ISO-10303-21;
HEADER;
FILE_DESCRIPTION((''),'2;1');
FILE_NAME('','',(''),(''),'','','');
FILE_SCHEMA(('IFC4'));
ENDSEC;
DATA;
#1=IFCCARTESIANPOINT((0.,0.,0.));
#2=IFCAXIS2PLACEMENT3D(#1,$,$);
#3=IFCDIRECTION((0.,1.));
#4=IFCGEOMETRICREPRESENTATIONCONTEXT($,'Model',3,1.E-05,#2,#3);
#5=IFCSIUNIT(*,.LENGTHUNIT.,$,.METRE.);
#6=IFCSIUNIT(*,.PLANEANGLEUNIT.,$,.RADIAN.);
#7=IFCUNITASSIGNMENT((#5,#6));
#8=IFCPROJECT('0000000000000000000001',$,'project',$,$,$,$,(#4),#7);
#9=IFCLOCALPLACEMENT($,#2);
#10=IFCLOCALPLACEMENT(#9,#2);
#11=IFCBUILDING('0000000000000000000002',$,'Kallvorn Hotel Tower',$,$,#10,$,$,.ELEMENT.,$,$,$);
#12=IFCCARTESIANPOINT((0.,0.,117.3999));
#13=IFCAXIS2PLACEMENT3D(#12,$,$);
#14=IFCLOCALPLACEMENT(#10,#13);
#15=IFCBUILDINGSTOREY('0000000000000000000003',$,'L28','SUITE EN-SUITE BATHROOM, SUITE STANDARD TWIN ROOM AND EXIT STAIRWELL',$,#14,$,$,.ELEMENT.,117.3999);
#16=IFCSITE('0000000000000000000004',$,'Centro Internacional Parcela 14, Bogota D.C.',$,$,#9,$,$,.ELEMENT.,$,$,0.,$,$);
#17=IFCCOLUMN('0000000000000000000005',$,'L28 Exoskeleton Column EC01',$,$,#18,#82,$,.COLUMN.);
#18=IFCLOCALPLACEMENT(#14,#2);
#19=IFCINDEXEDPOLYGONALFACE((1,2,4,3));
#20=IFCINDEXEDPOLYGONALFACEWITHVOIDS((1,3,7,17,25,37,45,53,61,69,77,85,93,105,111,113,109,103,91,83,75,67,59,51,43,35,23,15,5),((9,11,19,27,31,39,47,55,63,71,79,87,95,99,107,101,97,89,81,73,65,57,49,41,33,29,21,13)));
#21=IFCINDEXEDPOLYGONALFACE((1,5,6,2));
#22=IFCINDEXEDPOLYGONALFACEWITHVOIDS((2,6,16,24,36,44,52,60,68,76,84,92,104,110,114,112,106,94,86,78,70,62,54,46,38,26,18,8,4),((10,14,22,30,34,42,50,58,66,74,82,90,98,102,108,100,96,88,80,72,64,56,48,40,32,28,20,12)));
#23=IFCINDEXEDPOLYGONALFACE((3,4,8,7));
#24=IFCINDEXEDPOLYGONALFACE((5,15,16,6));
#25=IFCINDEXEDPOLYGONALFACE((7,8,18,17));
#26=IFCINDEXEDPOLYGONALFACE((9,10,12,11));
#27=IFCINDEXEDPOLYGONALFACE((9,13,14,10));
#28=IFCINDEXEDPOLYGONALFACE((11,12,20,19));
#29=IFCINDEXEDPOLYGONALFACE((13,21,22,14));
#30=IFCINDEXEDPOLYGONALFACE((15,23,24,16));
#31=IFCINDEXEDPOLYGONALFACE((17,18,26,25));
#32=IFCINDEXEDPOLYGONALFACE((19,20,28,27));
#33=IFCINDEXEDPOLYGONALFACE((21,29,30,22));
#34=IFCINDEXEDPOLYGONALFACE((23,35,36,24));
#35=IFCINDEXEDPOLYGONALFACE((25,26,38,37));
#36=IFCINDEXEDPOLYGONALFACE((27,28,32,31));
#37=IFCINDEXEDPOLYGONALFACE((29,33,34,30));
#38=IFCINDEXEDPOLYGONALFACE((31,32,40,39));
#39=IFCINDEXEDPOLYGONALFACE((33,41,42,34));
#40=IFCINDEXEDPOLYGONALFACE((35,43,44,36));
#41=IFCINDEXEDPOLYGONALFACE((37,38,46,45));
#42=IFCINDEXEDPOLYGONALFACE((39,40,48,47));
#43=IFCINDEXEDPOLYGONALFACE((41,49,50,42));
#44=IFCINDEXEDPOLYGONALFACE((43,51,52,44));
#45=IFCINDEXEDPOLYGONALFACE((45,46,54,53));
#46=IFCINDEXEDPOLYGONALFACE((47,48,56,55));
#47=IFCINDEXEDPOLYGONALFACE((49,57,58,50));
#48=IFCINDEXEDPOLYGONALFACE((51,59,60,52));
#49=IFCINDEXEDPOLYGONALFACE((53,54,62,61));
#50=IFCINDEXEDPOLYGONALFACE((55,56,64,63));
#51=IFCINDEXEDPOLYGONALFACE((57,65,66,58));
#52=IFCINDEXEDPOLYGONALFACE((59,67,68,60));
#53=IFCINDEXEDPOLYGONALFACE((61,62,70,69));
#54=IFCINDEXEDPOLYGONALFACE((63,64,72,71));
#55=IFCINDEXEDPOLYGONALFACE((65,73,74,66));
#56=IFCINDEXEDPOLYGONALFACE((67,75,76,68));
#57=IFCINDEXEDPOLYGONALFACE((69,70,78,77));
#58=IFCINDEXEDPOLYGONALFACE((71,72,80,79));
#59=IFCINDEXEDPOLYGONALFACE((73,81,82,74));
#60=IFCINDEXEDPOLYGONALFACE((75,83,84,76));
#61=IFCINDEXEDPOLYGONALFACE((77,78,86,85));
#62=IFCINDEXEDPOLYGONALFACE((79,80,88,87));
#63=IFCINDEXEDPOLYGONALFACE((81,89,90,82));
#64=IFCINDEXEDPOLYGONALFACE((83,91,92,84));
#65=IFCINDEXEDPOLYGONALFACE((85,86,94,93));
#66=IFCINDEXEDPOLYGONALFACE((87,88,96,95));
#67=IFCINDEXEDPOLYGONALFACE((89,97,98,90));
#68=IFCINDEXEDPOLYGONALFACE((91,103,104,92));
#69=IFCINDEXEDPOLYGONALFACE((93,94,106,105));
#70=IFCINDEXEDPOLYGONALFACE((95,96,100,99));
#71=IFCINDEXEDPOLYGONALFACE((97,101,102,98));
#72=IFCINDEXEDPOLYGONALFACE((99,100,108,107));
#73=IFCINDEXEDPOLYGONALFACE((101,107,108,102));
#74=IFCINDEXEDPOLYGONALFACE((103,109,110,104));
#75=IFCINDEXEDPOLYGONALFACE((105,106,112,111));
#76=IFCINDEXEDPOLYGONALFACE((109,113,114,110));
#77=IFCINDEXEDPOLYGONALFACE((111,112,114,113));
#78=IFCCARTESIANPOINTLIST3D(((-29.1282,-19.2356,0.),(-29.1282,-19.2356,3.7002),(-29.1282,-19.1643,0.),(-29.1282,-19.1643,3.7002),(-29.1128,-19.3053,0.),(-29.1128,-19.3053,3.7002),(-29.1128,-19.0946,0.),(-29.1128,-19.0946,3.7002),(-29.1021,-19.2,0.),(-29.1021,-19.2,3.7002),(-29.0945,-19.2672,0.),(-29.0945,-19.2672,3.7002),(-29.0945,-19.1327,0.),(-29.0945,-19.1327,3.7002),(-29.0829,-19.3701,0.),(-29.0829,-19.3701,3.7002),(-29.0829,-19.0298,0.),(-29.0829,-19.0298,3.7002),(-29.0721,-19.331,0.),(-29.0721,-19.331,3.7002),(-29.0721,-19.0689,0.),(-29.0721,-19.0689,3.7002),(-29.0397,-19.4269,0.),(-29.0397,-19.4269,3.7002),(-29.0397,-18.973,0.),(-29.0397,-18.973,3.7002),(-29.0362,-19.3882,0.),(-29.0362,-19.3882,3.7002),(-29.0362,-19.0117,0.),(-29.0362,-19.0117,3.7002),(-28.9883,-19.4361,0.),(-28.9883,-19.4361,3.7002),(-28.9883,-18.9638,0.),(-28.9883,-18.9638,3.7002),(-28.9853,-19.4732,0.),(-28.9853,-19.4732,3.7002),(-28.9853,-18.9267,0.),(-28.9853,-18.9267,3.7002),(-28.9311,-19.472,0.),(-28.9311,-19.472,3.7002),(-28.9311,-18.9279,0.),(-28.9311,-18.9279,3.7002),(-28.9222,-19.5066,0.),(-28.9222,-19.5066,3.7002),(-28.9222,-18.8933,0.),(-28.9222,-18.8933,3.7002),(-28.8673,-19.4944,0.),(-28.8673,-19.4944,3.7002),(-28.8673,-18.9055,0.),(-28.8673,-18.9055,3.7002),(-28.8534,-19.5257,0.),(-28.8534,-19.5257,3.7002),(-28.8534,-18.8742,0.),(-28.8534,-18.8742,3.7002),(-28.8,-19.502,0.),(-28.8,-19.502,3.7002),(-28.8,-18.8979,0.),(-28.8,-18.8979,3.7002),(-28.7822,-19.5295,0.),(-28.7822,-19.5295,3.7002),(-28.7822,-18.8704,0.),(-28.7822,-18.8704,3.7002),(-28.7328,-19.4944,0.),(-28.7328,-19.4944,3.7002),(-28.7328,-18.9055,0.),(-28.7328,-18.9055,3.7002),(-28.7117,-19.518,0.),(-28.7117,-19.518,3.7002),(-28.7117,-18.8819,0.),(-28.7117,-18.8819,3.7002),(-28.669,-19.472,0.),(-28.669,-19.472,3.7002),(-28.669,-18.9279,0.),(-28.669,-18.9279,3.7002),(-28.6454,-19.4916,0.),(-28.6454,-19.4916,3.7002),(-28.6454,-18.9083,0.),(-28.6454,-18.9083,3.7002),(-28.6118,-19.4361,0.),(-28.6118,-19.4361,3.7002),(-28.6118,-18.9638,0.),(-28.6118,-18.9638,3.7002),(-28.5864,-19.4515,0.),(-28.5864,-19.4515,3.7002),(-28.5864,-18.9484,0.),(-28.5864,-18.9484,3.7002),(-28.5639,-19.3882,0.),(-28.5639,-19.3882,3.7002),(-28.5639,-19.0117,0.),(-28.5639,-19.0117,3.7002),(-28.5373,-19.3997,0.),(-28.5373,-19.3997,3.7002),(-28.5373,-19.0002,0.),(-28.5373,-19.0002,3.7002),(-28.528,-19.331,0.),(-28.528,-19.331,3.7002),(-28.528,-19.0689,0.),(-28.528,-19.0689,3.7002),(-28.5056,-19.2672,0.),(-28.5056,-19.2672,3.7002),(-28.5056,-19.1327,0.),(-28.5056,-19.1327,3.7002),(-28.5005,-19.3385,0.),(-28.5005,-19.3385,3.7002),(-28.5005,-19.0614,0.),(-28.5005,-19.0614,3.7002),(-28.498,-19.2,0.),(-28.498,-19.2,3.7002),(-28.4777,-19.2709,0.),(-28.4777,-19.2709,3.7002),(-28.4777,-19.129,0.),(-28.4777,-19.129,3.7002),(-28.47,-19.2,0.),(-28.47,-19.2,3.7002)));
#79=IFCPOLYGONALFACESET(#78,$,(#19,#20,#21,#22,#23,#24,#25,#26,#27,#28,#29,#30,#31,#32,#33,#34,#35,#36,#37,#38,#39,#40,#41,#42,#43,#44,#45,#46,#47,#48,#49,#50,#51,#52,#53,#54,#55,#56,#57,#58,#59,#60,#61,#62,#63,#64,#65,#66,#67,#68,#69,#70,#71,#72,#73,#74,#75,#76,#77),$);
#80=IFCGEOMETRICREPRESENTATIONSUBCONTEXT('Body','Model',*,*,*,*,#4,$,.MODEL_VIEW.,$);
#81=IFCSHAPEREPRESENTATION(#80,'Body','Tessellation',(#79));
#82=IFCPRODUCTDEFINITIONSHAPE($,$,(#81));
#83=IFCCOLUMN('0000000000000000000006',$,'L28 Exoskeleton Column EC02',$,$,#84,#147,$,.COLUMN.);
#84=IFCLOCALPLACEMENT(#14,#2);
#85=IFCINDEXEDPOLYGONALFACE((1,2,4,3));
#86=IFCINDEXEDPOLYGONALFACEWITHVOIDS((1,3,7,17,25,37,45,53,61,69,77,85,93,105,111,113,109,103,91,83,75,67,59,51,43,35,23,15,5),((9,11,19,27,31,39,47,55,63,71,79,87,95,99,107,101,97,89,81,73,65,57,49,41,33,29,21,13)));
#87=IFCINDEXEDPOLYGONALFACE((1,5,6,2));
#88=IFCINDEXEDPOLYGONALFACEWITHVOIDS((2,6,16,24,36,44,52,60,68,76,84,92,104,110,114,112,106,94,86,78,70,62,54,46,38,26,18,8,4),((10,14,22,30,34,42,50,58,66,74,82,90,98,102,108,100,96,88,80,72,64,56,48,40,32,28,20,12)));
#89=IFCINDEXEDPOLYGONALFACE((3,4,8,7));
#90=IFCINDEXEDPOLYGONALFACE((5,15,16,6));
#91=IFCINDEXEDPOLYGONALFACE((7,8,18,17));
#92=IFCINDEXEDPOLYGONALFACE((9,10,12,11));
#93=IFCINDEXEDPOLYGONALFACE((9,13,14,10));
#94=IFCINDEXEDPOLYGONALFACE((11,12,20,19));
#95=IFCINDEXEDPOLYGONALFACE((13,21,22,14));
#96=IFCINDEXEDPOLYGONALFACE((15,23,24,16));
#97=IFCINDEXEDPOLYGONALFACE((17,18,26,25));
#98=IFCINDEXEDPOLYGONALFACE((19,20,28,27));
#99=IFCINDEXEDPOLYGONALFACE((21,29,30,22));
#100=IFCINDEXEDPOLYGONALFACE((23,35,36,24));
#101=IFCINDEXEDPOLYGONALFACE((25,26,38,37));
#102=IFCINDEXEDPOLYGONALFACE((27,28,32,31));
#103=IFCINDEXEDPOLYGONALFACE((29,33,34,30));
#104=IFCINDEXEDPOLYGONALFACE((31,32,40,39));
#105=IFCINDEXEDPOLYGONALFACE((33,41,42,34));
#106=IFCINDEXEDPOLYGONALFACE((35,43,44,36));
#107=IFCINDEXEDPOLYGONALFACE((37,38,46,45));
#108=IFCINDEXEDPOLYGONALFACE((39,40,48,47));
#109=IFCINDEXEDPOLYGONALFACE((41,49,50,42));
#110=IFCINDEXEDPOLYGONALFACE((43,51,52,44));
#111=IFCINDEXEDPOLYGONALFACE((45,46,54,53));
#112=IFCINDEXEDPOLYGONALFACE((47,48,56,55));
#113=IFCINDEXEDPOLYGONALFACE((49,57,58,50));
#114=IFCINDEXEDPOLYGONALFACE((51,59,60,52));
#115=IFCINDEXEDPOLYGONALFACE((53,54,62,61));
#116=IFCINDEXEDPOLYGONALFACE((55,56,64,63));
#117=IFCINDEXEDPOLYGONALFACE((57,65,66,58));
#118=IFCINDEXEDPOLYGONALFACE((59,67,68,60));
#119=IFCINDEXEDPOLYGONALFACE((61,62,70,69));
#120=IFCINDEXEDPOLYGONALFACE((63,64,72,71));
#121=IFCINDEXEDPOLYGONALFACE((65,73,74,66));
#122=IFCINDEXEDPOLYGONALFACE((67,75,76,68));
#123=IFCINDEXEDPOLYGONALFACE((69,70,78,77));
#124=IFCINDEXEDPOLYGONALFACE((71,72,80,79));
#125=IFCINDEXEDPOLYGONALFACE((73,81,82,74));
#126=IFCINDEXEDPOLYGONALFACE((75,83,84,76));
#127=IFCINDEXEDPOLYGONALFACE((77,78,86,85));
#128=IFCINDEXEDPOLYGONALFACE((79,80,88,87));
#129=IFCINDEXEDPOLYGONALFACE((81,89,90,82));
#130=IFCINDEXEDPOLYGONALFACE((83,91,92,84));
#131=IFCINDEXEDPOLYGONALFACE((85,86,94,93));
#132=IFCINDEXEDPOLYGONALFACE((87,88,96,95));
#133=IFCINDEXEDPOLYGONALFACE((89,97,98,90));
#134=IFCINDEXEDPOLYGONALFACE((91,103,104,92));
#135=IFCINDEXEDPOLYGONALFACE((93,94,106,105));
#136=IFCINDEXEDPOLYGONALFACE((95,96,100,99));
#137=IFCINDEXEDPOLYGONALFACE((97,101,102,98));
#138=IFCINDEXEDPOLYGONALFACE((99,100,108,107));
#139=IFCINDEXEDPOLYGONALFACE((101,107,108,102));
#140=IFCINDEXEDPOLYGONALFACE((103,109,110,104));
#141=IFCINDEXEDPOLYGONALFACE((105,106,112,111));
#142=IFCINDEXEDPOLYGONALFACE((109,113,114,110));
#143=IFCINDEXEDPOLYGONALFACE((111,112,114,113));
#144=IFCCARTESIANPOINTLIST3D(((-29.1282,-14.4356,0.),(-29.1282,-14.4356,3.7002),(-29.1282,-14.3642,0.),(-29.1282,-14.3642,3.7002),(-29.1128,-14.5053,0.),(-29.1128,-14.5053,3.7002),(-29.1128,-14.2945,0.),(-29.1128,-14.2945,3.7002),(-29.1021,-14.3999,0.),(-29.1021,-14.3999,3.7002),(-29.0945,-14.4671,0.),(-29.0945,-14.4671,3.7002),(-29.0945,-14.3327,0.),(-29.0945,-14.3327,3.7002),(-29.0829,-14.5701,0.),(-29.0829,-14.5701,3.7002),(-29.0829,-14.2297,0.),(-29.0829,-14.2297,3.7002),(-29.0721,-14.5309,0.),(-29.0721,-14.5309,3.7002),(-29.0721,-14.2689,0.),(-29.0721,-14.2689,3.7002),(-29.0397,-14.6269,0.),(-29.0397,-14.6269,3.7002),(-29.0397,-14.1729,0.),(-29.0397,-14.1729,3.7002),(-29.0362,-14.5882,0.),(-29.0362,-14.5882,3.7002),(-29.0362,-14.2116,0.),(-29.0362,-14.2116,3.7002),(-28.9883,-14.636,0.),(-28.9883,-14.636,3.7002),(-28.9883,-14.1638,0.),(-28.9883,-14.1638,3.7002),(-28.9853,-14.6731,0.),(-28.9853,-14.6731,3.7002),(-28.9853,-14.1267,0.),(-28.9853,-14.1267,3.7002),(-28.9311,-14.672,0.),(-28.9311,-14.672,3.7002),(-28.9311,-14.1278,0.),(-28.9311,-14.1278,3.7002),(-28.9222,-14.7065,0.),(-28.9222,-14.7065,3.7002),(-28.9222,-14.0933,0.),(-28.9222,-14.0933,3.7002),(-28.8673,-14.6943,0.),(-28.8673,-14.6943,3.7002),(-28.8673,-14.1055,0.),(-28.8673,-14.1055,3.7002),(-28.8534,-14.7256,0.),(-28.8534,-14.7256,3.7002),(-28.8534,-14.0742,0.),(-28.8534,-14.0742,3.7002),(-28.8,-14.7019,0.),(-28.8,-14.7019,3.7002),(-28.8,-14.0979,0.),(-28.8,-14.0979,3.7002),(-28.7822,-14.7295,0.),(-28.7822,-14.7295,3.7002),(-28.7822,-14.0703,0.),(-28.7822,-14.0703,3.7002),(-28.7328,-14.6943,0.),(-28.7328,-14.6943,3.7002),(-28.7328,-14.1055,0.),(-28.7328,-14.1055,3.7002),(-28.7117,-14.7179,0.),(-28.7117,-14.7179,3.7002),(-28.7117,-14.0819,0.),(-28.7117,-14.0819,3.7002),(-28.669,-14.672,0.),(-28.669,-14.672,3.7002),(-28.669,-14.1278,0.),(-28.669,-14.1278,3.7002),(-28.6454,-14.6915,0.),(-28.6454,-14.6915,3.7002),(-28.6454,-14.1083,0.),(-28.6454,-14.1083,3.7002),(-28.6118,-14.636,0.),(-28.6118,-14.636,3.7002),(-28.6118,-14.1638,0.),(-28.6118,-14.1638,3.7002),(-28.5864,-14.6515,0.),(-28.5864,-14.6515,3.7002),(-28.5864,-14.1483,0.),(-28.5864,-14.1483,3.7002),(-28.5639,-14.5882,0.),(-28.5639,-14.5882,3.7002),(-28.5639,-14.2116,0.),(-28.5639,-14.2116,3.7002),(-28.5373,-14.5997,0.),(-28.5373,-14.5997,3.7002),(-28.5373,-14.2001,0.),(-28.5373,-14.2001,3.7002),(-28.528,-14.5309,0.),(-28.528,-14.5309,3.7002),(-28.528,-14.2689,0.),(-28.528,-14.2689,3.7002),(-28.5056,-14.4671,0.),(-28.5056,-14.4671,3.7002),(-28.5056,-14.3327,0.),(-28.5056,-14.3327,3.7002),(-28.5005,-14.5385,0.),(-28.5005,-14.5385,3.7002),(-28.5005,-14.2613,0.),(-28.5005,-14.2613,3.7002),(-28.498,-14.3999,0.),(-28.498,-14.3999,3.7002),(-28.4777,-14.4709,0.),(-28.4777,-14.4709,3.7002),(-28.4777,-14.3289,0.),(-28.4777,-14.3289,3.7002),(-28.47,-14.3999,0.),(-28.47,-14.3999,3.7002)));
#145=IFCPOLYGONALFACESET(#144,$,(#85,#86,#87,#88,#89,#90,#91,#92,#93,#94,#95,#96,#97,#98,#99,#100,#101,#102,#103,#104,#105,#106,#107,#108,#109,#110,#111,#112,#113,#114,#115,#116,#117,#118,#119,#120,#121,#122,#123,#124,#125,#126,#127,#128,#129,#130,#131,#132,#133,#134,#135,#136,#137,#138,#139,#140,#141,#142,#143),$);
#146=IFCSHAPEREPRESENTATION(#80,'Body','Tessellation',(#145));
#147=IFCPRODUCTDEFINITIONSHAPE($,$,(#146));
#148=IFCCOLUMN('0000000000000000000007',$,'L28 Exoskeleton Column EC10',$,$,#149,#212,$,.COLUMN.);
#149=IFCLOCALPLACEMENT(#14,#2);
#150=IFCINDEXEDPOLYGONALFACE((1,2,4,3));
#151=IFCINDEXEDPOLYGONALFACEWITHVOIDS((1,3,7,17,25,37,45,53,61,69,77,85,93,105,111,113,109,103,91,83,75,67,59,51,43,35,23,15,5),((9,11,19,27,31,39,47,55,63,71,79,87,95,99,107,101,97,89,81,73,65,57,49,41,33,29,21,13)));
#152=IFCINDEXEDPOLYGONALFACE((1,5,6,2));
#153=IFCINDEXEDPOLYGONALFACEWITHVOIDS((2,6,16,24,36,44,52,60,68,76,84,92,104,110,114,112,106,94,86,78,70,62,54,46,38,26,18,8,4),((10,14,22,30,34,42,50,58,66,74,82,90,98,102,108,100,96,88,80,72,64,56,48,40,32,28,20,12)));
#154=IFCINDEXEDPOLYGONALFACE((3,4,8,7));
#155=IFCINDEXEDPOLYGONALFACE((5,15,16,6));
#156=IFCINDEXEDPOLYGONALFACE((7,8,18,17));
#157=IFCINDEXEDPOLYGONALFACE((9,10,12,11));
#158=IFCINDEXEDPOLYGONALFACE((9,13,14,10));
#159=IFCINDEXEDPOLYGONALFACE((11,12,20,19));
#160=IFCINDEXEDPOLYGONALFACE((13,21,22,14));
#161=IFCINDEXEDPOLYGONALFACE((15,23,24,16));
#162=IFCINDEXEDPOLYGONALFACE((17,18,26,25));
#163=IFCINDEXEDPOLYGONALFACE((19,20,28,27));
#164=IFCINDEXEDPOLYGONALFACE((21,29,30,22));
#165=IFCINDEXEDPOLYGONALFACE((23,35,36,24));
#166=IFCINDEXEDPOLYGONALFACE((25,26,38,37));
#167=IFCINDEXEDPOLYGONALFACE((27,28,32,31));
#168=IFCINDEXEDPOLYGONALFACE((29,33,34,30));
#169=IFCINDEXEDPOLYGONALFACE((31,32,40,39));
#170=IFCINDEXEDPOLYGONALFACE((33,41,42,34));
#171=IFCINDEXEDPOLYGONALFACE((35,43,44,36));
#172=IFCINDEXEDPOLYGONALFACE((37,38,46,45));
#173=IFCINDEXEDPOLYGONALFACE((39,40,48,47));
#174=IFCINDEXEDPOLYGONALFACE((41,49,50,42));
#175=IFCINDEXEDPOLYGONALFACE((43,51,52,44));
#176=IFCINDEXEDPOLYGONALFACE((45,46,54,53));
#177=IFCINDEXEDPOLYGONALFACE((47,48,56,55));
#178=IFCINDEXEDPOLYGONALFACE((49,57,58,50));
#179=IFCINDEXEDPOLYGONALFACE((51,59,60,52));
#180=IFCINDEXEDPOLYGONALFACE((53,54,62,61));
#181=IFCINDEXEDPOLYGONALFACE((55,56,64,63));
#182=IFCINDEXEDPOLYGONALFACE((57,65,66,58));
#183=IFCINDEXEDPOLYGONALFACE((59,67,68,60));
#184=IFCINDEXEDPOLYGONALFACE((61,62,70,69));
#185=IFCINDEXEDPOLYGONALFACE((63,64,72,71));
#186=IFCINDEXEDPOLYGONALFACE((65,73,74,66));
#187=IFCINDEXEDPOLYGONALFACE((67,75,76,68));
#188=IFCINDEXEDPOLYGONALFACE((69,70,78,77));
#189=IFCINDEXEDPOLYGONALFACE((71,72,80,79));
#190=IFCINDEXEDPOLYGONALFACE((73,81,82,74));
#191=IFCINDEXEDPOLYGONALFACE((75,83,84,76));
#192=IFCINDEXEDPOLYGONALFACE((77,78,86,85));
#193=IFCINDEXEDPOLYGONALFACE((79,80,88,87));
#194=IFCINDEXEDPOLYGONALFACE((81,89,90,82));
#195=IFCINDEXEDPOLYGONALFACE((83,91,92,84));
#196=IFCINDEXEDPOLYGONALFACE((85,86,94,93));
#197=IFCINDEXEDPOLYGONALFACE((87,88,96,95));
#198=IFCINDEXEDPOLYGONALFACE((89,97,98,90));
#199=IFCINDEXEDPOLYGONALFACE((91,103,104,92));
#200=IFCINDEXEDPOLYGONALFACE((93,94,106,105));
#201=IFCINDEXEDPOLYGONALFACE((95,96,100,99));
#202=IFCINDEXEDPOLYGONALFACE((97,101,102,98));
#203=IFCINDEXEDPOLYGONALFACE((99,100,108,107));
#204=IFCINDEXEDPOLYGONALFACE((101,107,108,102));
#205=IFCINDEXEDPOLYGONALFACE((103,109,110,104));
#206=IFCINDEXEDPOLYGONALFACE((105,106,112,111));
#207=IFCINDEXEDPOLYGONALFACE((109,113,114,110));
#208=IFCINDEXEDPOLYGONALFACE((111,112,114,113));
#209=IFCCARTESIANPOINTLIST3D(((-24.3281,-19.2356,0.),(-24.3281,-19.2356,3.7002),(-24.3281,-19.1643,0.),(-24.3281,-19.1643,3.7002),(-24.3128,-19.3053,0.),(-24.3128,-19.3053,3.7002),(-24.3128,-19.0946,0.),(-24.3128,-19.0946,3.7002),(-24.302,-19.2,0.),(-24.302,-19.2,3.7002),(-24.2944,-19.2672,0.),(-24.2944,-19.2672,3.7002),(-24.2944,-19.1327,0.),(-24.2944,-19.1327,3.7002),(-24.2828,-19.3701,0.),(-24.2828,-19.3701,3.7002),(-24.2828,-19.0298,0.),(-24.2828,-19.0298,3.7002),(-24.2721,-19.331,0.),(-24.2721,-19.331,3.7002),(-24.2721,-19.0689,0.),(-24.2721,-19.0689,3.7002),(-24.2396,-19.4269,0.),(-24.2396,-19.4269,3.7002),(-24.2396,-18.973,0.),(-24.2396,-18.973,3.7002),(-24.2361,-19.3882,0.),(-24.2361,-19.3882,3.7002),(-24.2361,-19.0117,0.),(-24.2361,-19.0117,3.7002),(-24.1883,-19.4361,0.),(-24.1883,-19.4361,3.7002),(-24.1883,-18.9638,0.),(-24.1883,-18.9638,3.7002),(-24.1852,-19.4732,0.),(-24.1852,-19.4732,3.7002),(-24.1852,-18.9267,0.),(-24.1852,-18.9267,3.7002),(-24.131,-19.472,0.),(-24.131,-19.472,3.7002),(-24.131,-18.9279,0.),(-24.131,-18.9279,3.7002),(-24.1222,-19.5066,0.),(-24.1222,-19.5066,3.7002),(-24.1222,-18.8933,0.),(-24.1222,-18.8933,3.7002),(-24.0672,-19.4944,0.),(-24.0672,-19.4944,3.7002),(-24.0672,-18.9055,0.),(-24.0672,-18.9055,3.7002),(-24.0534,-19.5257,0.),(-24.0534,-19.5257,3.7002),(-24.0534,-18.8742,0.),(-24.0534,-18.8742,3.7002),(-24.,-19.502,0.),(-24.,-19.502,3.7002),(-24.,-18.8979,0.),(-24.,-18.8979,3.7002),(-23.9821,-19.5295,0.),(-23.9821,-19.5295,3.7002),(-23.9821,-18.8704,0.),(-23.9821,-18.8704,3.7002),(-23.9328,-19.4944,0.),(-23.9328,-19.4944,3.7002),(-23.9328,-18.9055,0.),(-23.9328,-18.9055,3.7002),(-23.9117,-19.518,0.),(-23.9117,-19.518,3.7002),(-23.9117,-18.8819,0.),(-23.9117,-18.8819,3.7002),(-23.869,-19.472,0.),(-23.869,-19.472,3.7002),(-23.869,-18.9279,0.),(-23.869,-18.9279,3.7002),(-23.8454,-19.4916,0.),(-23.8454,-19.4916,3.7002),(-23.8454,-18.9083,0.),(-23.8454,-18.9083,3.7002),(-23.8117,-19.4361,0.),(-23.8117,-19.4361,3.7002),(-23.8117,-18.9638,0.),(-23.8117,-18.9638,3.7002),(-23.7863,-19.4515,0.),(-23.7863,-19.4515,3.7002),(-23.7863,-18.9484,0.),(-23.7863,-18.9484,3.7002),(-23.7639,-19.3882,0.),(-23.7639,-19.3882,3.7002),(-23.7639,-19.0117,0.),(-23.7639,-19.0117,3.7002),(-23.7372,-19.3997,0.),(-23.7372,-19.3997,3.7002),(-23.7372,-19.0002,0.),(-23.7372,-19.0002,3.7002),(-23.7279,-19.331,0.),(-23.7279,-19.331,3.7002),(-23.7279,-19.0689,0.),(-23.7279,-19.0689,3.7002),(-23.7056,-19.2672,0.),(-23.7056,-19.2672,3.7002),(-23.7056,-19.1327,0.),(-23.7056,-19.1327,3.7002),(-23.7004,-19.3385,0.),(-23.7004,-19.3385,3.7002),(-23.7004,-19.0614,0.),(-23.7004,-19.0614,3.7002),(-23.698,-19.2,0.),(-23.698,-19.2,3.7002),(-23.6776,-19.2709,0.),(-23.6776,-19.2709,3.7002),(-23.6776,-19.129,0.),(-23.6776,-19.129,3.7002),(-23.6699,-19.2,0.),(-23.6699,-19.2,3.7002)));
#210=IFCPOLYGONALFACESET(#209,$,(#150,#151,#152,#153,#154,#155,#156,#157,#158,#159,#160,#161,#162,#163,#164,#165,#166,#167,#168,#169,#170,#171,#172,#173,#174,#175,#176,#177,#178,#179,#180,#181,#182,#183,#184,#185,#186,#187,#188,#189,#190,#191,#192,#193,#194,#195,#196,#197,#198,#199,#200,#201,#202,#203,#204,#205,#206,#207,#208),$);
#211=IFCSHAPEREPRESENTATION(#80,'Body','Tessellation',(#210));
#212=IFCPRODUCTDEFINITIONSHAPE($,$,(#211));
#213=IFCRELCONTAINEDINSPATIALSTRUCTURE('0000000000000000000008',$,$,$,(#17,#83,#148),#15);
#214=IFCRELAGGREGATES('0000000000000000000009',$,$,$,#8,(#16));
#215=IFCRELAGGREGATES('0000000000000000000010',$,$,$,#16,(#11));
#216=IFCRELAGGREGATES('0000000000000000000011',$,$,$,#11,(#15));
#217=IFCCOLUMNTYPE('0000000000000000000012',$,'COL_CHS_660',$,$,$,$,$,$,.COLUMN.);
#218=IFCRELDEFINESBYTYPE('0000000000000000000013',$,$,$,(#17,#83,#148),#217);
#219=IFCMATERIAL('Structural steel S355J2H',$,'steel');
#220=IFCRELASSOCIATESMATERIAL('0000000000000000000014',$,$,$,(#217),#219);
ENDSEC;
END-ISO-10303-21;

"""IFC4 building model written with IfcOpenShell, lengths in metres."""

from ifc_helpers import new_model, si_unit, direction, frame, origin, origin_2d, place, context, subcontext, project, spatial, hollow_circle, extrude, material, material_profile, profile_set, type_object, element, save


model = new_model("IFC4")

# Units and contexts
model_context = context("Model", 3, precision=1e-05, world=origin(), true_north=direction((0.0, 1.0)))
body_context = subcontext(model_context, "Body", "Model", "MODEL_VIEW")
ifc_project = project(units=[si_unit("LENGTHUNIT", "METRE"), si_unit("PLANEANGLEUNIT", "RADIAN")], contexts=[model_context])

# Site, building, storey
site_placement = place(None, origin())
site = spatial("IfcSite", under=ifc_project, at=site_placement, Name="Centro Internacional Parcela 14, Bogota D.C.", CompositionType="ELEMENT", RefElevation=0.0)
building_placement = place(site_placement, origin())
building = spatial("IfcBuilding", under=site, at=building_placement, Name="Kallvorn Hotel Tower", CompositionType="ELEMENT")
storey_placement = place(building_placement, frame((0.0, 0.0, 117.3999)))
storey = spatial("IfcBuildingStorey", under=building, at=storey_placement, Name="L28", Description="SUITE EN-SUITE BATHROOM, SUITE STANDARD TWIN ROOM AND EXIT STAIRWELL", CompositionType="ELEMENT", Elevation=117.3999)

# Columns
ifc_material_1 = material(Name="Structural steel S355J2H", Category="steel")
ifc_material_profile_1 = material_profile(ifc_material_1, hollow_circle(Radius=0.3301, WallThickness=0.0281, at=origin_2d()), Name="CHS 660x28")
ifc_profile_set_1 = profile_set([ifc_material_profile_1], Name="Structural steel S355J2H")
column_type_1 = type_object("IfcColumnType", Name="COL_CHS_660", PredefinedType="COLUMN", material=ifc_profile_set_1)
for number, where, z_axis, x_axis, name in (
    (1, (-28.8, -19.2, 0.0), (0.0, 0.0, 1.0), (1.0, 0.0, 0.0), "L28 Exoskeleton Column EC01"),
    (2, (-28.8, -14.3999, 0.0), (0.0, 0.0, 1.0), (1.0, 0.0, 0.0), "L28 Exoskeleton Column EC02"),
    (3, (-24.0, -19.2, 0.0), (0.0, 0.0, 1.0), (1.0, 0.0, 0.0), "L28 Exoskeleton Column EC10"),
):
    element("IfcColumn", number, at=place(storey_placement, frame(where, z_axis=z_axis, x_axis=x_axis)), inside=storey, type_object=column_type_1, Name=name, PredefinedType="COLUMN", context=body_context, shape_type="SweptSolid", body=[
        extrude(hollow_circle(Radius=0.3301, WallThickness=0.0281, at=origin_2d()), origin(), (0.0, 0.0, 1.0), 3.7002),
    ])

save(model, "model.ifc")
